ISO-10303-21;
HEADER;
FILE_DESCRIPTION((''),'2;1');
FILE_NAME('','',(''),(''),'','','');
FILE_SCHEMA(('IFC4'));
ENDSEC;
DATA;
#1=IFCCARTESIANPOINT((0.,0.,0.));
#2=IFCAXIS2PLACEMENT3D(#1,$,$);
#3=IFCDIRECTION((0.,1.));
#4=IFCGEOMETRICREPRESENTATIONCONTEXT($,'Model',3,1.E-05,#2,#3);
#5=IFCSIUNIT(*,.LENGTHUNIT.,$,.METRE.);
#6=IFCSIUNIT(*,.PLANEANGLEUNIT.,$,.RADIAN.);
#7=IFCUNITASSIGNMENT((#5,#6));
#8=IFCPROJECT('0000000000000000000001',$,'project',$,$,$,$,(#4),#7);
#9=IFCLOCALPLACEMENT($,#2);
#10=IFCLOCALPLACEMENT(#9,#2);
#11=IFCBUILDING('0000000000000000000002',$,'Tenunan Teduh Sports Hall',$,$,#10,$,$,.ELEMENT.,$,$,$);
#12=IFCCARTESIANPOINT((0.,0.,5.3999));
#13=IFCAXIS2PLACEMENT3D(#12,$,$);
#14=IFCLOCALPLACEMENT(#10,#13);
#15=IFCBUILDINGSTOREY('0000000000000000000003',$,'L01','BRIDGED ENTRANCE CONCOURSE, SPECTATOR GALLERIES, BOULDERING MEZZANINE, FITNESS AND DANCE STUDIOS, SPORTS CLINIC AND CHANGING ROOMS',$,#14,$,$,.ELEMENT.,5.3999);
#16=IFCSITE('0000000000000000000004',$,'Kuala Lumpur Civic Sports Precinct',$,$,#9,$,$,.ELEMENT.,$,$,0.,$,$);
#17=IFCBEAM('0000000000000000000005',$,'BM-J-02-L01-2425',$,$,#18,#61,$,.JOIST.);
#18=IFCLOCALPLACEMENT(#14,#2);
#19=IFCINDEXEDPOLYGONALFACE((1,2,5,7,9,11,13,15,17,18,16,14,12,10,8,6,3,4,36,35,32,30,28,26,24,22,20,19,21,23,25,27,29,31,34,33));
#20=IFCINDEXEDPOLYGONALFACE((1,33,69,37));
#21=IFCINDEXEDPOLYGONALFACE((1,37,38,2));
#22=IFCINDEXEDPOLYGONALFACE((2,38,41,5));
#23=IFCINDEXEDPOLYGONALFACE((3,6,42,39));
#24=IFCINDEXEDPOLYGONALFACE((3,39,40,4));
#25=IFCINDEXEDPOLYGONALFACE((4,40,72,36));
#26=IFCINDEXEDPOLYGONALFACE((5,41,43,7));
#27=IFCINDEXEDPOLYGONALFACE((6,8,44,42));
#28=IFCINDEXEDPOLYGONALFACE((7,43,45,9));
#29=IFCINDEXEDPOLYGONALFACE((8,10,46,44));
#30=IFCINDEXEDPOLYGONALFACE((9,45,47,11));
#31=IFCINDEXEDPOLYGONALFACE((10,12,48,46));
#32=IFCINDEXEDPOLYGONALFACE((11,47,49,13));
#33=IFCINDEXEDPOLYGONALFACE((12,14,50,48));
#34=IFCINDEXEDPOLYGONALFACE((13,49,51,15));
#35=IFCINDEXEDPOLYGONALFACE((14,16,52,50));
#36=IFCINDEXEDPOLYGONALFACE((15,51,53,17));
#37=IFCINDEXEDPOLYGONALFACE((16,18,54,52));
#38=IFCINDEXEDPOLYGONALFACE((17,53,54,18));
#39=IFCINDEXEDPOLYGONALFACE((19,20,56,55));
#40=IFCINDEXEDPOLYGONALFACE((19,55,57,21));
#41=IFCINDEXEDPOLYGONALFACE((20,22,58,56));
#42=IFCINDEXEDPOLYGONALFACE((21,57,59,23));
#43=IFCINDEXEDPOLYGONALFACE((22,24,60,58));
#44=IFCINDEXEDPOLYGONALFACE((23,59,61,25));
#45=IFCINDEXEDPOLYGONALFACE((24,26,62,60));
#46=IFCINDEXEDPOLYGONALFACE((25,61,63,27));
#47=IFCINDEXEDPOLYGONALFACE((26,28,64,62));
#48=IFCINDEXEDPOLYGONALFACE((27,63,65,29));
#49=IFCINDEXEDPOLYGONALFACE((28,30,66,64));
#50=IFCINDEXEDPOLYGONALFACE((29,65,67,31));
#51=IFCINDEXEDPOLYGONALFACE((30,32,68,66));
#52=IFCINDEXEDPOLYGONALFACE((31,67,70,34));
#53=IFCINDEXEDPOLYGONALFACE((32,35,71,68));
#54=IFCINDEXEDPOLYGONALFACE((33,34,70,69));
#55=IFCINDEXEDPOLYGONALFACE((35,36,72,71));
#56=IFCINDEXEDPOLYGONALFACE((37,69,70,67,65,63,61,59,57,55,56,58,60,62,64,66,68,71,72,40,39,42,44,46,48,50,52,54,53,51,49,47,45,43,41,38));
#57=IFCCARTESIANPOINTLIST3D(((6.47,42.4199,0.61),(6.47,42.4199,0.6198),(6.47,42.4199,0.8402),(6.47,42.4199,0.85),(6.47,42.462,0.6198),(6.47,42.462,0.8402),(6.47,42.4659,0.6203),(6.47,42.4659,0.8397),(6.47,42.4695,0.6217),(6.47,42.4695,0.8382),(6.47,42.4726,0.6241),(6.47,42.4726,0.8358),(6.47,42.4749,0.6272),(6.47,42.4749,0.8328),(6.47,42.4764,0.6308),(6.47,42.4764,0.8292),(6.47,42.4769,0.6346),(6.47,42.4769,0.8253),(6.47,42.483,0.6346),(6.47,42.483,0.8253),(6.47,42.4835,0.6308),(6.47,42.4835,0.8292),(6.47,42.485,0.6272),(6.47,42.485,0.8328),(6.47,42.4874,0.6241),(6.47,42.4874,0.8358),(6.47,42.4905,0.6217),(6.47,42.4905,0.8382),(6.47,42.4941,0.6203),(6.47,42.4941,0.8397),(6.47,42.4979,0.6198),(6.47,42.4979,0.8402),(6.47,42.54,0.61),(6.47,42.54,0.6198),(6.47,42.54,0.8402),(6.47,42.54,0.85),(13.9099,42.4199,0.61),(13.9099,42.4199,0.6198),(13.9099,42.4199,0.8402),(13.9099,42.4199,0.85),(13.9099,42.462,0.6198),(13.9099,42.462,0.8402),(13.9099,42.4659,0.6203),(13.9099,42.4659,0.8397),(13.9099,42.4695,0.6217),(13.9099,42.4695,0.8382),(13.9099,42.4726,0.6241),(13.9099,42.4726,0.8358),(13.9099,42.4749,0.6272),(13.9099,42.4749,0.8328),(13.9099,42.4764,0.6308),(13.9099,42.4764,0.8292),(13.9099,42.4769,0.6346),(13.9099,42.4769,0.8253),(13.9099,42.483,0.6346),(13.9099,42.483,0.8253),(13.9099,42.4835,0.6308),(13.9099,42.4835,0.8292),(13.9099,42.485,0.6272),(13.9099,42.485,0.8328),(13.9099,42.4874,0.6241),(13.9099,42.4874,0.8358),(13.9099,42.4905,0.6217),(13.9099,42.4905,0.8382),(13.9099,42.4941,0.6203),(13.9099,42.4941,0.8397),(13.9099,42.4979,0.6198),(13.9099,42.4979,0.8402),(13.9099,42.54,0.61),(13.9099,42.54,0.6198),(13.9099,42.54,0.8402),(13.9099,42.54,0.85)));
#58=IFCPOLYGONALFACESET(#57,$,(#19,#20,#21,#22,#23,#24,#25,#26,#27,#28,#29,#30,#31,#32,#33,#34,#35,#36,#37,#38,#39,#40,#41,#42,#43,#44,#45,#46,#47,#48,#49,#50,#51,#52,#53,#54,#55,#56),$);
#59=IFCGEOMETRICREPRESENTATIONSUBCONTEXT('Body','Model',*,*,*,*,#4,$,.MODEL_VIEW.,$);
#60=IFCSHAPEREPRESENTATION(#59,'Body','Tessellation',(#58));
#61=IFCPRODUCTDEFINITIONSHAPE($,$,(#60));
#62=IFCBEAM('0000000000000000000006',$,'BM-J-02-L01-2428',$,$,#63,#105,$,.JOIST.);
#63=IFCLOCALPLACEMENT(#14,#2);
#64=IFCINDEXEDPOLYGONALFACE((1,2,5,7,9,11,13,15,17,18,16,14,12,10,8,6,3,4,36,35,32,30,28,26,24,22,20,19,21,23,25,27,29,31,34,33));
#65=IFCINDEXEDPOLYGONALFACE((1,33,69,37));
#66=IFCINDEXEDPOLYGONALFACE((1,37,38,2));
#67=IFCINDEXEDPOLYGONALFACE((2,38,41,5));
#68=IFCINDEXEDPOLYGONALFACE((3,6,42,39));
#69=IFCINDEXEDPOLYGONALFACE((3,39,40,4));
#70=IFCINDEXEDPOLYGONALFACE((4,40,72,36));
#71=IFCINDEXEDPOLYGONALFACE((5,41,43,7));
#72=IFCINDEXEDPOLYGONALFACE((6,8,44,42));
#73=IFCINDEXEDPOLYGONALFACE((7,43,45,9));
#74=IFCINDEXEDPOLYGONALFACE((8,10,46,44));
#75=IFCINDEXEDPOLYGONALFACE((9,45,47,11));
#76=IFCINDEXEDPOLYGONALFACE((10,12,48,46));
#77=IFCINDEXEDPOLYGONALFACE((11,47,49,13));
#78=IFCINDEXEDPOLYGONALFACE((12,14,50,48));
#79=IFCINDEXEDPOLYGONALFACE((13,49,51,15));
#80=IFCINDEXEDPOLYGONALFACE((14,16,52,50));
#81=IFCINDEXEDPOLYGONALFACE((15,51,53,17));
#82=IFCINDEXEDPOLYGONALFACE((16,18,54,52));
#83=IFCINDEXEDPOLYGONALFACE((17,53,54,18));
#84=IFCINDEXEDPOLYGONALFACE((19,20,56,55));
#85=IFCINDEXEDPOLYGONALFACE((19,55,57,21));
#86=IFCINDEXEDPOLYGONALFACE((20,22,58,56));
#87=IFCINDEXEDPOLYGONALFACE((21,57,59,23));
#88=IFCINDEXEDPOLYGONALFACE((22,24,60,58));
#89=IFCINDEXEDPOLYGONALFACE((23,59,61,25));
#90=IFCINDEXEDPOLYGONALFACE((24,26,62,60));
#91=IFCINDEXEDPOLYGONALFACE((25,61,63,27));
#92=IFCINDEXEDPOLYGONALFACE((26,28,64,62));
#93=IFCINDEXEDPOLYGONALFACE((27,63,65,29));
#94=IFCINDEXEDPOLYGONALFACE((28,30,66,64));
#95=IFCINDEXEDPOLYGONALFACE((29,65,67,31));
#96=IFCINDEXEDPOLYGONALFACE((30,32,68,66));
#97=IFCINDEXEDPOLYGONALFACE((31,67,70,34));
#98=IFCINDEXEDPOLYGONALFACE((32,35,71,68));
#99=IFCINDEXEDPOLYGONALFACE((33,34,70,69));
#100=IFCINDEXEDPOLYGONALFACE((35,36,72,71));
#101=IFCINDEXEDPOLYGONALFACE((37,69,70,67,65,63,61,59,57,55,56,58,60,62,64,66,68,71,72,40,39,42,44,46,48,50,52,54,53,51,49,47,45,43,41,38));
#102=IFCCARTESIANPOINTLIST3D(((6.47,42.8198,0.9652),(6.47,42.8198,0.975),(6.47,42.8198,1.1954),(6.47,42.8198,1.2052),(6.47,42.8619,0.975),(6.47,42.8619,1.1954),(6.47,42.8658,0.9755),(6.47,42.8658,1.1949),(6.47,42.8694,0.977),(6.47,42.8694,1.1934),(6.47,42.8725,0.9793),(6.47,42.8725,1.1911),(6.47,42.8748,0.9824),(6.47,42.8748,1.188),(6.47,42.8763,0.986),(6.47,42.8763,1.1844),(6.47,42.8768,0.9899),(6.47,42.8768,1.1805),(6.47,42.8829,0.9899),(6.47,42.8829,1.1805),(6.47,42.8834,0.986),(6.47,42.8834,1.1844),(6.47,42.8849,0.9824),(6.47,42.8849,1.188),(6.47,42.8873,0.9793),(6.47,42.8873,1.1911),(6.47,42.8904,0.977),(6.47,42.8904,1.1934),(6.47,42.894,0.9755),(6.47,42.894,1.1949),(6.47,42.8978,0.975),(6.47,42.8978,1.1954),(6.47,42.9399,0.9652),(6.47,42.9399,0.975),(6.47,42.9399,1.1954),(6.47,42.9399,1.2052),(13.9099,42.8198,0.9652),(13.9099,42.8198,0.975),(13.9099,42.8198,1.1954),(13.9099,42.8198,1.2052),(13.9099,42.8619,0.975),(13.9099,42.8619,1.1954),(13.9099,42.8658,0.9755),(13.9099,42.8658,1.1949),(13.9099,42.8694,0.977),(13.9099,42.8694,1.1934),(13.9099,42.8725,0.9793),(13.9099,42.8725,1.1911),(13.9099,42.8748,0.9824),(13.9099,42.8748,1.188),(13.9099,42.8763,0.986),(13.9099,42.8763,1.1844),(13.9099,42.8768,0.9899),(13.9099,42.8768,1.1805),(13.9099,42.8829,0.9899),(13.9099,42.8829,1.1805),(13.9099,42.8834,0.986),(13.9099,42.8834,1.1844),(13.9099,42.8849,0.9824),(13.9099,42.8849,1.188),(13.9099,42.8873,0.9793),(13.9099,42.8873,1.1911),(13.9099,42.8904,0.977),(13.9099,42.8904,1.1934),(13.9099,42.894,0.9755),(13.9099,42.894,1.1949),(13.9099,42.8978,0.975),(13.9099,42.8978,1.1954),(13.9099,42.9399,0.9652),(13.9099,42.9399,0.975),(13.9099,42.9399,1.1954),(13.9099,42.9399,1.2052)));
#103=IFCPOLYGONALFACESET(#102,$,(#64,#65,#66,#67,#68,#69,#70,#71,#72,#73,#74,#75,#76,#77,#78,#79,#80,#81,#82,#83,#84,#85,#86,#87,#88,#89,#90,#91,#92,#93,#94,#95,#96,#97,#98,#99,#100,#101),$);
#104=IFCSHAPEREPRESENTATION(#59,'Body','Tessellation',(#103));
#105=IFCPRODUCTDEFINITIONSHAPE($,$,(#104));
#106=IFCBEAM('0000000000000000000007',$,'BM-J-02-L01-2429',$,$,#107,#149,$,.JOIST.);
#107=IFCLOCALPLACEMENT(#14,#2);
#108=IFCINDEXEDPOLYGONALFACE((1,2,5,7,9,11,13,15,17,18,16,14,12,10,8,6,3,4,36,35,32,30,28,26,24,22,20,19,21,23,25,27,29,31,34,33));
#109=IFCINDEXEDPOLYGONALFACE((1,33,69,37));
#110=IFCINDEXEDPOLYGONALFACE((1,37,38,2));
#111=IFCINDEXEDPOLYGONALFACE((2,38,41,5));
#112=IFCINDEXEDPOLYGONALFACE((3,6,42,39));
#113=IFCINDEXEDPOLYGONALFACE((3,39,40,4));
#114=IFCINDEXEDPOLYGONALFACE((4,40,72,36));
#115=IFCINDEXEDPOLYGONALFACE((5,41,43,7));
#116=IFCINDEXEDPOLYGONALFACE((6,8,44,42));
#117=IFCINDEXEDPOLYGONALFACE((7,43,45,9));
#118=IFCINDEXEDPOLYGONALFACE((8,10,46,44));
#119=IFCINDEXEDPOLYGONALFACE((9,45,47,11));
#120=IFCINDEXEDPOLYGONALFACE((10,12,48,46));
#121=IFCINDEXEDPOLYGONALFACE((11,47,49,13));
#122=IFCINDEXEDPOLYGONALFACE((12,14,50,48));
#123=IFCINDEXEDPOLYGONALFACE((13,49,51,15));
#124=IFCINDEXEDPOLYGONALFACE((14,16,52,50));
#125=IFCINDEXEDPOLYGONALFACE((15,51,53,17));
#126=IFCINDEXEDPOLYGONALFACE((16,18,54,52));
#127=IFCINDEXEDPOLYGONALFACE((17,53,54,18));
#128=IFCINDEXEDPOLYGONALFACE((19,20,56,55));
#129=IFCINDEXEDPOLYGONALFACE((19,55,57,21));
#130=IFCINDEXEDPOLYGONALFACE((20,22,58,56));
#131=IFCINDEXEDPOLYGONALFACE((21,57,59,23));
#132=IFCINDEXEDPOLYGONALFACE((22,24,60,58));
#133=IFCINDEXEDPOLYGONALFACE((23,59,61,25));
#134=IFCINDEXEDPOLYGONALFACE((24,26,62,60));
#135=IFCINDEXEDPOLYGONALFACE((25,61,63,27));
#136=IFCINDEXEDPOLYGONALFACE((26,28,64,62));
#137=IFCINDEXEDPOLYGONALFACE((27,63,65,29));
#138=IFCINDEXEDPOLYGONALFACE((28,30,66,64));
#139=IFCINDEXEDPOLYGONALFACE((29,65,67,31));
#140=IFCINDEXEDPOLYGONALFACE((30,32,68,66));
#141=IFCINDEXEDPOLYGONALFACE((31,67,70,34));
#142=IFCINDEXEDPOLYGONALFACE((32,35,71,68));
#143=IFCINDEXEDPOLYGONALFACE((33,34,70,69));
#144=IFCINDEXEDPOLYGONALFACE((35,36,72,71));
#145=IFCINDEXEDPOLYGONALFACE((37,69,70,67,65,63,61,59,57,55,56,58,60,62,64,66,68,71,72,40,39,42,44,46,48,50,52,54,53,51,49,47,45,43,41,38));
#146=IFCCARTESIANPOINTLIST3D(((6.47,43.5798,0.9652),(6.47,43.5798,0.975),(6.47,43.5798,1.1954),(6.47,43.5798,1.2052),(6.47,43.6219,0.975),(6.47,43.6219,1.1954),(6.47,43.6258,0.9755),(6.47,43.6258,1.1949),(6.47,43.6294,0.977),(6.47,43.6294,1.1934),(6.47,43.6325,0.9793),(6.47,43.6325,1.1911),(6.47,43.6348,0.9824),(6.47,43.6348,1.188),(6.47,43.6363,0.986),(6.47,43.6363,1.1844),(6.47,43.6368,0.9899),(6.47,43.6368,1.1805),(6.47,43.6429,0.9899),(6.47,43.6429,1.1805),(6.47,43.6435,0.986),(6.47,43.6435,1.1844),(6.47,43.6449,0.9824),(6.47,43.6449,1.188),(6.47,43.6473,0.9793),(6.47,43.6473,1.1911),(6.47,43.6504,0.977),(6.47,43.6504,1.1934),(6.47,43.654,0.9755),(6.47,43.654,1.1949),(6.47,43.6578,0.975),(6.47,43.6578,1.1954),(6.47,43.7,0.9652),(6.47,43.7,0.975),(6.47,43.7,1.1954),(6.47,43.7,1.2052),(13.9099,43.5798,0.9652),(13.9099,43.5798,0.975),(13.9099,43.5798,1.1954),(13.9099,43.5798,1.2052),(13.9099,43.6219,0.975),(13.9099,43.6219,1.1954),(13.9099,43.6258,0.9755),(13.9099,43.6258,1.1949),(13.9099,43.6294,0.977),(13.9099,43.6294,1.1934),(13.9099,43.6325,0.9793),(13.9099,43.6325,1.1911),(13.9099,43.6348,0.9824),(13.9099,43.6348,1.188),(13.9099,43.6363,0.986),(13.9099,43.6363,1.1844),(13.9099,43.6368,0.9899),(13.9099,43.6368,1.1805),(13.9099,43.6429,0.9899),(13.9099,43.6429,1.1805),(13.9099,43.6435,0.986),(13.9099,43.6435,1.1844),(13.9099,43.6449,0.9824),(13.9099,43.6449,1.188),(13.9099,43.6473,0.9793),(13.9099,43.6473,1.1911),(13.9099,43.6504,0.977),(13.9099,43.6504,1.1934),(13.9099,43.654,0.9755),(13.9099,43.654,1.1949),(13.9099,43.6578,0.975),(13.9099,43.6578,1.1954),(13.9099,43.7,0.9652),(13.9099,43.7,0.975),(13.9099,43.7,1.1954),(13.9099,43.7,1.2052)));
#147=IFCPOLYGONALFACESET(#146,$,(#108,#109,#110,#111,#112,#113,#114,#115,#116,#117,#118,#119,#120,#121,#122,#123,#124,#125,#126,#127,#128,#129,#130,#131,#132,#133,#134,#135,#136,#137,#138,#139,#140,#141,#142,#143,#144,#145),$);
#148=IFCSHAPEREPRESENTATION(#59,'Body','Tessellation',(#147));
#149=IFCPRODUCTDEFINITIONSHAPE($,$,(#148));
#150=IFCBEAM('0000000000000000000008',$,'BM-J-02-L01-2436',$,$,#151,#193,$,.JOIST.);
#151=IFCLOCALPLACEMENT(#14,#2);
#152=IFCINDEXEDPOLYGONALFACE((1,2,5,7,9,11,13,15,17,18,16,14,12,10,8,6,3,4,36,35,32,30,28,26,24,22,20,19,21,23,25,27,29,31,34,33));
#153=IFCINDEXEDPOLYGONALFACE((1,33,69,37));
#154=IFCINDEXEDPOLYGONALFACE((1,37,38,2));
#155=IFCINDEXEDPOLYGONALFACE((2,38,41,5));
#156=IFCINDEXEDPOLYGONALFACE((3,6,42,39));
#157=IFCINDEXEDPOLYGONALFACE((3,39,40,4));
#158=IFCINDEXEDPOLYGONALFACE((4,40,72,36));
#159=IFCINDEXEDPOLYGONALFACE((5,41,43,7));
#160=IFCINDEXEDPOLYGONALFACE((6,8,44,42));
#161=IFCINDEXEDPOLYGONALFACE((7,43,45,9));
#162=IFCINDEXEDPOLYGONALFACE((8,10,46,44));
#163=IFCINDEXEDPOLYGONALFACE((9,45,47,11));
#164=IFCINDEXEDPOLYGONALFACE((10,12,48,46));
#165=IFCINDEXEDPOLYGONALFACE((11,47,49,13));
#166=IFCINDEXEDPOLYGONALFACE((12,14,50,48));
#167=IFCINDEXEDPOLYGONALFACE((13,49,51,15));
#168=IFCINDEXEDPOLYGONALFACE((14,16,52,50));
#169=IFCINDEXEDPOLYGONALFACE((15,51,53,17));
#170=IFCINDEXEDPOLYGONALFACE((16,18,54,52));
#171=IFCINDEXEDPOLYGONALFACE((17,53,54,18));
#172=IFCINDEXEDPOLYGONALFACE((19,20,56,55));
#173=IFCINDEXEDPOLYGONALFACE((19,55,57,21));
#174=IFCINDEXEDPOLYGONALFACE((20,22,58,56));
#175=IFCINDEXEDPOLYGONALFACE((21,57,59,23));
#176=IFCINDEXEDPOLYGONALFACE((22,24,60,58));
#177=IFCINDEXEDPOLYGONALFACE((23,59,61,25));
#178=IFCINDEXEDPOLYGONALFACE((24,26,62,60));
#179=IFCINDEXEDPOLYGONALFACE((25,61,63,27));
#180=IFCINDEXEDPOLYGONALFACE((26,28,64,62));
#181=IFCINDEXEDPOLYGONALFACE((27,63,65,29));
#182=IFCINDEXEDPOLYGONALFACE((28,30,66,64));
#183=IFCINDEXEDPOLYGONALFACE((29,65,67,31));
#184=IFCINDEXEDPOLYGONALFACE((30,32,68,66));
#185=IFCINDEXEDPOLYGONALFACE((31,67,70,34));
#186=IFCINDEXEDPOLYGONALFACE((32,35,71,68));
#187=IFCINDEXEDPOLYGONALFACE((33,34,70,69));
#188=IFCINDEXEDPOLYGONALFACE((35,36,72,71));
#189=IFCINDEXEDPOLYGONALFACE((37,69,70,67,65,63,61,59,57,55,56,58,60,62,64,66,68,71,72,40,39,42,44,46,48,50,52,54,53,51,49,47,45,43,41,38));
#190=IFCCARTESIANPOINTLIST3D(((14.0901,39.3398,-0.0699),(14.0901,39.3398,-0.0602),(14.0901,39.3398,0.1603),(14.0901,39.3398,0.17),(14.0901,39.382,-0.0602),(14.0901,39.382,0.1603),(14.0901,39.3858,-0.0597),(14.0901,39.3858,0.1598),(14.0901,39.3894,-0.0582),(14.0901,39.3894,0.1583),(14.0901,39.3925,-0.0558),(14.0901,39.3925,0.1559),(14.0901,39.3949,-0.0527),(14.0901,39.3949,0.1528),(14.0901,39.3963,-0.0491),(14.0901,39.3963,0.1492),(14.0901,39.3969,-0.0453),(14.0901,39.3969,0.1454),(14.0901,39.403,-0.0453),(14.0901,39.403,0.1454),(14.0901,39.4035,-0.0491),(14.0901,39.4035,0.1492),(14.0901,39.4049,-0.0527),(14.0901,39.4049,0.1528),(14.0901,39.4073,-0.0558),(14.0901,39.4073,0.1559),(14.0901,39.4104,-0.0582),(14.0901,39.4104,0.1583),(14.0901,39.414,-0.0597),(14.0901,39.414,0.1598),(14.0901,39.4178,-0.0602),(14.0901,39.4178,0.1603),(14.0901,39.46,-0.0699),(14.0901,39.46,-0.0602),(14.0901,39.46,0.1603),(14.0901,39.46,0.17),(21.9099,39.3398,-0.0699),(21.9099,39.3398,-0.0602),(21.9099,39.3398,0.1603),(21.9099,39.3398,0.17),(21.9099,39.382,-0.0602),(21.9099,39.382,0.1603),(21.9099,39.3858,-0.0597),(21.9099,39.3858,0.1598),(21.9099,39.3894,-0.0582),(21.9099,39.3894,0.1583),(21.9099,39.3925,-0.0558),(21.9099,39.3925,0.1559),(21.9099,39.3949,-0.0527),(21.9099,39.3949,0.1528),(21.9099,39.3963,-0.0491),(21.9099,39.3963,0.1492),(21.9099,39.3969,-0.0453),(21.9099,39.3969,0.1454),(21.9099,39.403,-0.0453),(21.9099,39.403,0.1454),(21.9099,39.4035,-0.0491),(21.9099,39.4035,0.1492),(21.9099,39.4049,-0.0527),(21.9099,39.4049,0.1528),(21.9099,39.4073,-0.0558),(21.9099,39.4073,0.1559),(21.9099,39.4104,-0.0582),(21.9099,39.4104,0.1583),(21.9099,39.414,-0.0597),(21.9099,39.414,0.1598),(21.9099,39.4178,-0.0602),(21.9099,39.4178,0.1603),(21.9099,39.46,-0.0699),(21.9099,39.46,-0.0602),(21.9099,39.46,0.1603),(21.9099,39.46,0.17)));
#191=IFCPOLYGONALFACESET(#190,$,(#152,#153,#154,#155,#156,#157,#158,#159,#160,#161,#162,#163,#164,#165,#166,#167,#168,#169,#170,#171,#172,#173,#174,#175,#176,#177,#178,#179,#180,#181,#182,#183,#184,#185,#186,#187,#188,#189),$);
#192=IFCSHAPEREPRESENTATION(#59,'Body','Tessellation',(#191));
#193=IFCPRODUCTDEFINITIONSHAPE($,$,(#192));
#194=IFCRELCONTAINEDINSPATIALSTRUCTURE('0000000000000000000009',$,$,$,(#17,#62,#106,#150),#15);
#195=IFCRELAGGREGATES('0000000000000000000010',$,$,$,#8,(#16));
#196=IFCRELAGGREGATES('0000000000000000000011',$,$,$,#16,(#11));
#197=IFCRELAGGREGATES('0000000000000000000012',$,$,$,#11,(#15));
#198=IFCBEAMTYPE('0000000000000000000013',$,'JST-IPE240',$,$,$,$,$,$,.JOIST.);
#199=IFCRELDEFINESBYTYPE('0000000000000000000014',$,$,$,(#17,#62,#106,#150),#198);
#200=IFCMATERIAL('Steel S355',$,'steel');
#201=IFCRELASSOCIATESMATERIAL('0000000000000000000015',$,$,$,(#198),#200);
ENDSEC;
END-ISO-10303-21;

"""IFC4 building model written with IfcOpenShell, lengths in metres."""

from ifc_helpers import new_model, si_unit, direction, frame, origin, origin_2d, place, context, subcontext, project, spatial, i_section, extrude, material, material_profile, profile_set, type_object, element, save


model = new_model("IFC4")

# Units and contexts
model_context = context("Model", 3, precision=1e-05, world=origin(), true_north=direction((0.0, 1.0)))
body_context = subcontext(model_context, "Body", "Model", "MODEL_VIEW")
ifc_project = project(units=[si_unit("LENGTHUNIT", "METRE"), si_unit("PLANEANGLEUNIT", "RADIAN")], contexts=[model_context])

# Site, building, storey
site_placement = place(None, origin())
site = spatial("IfcSite", under=ifc_project, at=site_placement, Name="Kuala Lumpur Civic Sports Precinct", CompositionType="ELEMENT", RefElevation=0.0)
building_placement = place(site_placement, origin())
building = spatial("IfcBuilding", under=site, at=building_placement, Name="Tenunan Teduh Sports Hall", CompositionType="ELEMENT")
storey_placement = place(building_placement, frame((0.0, 0.0, 5.3999)))
storey = spatial("IfcBuildingStorey", under=building, at=storey_placement, Name="L01", Description="BRIDGED ENTRANCE CONCOURSE, SPECTATOR GALLERIES, BOULDERING MEZZANINE, FITNESS AND DANCE STUDIOS, SPORTS CLINIC AND CHANGING ROOMS", CompositionType="ELEMENT", Elevation=5.3999)

# Beams
ifc_material_1 = material(Name="Steel S355", Category="steel")
ifc_material_profile_1 = material_profile(ifc_material_1, i_section(OverallWidth=0.1201, OverallDepth=0.24, WebThickness=0.0061, FlangeThickness=0.0098, FilletRadius=0.0149, at=origin_2d()), Name="IPE 240")
ifc_profile_set_1 = profile_set([ifc_material_profile_1], Name="Steel S355")
beam_type_1 = type_object("IfcBeamType", Name="JST-IPE240", PredefinedType="JOIST", material=ifc_profile_set_1)
for number, where, z_axis, x_axis, name in (
    (1, (6.47, 42.48, 0.73), (1.0, 0.0, 0.0), (0.0, 1.0, 0.0), "BM-J-02-L01-2425"),
    (2, (6.47, 42.8799, 1.0852), (1.0, 0.0, 0.0), (0.0, 1.0, 0.0), "BM-J-02-L01-2428"),
    (3, (6.47, 43.6399, 1.0852), (1.0, 0.0, 0.0), (0.0, 1.0, 0.0), "BM-J-02-L01-2429"),
):
    element("IfcBeam", number, at=place(storey_placement, frame(where, z_axis=z_axis, x_axis=x_axis)), inside=storey, type_object=beam_type_1, Name=name, PredefinedType="JOIST", context=body_context, shape_type="SweptSolid", body=[
        extrude(i_section(OverallWidth=0.1201, OverallDepth=0.24, WebThickness=0.0061, FlangeThickness=0.0098, FilletRadius=0.0149, at=origin_2d()), origin(), (0.0, 0.0, 1.0), 7.4399),
    ])
for number, where, z_axis, x_axis, name in (
    (4, (14.0901, 39.3999, 0.05), (1.0, 0.0, 0.0), (0.0, 1.0, 0.0), "BM-J-02-L01-2436"),
):
    element("IfcBeam", number, at=place(storey_placement, frame(where, z_axis=z_axis, x_axis=x_axis)), inside=storey, type_object=beam_type_1, Name=name, PredefinedType="JOIST", context=body_context, shape_type="SweptSolid", body=[
        extrude(i_section(OverallWidth=0.1201, OverallDepth=0.24, WebThickness=0.0061, FlangeThickness=0.0098, FilletRadius=0.0149, at=origin_2d()), origin(), (0.0, 0.0, 1.0), 7.8198),
    ])

save(model, "model.ifc")
